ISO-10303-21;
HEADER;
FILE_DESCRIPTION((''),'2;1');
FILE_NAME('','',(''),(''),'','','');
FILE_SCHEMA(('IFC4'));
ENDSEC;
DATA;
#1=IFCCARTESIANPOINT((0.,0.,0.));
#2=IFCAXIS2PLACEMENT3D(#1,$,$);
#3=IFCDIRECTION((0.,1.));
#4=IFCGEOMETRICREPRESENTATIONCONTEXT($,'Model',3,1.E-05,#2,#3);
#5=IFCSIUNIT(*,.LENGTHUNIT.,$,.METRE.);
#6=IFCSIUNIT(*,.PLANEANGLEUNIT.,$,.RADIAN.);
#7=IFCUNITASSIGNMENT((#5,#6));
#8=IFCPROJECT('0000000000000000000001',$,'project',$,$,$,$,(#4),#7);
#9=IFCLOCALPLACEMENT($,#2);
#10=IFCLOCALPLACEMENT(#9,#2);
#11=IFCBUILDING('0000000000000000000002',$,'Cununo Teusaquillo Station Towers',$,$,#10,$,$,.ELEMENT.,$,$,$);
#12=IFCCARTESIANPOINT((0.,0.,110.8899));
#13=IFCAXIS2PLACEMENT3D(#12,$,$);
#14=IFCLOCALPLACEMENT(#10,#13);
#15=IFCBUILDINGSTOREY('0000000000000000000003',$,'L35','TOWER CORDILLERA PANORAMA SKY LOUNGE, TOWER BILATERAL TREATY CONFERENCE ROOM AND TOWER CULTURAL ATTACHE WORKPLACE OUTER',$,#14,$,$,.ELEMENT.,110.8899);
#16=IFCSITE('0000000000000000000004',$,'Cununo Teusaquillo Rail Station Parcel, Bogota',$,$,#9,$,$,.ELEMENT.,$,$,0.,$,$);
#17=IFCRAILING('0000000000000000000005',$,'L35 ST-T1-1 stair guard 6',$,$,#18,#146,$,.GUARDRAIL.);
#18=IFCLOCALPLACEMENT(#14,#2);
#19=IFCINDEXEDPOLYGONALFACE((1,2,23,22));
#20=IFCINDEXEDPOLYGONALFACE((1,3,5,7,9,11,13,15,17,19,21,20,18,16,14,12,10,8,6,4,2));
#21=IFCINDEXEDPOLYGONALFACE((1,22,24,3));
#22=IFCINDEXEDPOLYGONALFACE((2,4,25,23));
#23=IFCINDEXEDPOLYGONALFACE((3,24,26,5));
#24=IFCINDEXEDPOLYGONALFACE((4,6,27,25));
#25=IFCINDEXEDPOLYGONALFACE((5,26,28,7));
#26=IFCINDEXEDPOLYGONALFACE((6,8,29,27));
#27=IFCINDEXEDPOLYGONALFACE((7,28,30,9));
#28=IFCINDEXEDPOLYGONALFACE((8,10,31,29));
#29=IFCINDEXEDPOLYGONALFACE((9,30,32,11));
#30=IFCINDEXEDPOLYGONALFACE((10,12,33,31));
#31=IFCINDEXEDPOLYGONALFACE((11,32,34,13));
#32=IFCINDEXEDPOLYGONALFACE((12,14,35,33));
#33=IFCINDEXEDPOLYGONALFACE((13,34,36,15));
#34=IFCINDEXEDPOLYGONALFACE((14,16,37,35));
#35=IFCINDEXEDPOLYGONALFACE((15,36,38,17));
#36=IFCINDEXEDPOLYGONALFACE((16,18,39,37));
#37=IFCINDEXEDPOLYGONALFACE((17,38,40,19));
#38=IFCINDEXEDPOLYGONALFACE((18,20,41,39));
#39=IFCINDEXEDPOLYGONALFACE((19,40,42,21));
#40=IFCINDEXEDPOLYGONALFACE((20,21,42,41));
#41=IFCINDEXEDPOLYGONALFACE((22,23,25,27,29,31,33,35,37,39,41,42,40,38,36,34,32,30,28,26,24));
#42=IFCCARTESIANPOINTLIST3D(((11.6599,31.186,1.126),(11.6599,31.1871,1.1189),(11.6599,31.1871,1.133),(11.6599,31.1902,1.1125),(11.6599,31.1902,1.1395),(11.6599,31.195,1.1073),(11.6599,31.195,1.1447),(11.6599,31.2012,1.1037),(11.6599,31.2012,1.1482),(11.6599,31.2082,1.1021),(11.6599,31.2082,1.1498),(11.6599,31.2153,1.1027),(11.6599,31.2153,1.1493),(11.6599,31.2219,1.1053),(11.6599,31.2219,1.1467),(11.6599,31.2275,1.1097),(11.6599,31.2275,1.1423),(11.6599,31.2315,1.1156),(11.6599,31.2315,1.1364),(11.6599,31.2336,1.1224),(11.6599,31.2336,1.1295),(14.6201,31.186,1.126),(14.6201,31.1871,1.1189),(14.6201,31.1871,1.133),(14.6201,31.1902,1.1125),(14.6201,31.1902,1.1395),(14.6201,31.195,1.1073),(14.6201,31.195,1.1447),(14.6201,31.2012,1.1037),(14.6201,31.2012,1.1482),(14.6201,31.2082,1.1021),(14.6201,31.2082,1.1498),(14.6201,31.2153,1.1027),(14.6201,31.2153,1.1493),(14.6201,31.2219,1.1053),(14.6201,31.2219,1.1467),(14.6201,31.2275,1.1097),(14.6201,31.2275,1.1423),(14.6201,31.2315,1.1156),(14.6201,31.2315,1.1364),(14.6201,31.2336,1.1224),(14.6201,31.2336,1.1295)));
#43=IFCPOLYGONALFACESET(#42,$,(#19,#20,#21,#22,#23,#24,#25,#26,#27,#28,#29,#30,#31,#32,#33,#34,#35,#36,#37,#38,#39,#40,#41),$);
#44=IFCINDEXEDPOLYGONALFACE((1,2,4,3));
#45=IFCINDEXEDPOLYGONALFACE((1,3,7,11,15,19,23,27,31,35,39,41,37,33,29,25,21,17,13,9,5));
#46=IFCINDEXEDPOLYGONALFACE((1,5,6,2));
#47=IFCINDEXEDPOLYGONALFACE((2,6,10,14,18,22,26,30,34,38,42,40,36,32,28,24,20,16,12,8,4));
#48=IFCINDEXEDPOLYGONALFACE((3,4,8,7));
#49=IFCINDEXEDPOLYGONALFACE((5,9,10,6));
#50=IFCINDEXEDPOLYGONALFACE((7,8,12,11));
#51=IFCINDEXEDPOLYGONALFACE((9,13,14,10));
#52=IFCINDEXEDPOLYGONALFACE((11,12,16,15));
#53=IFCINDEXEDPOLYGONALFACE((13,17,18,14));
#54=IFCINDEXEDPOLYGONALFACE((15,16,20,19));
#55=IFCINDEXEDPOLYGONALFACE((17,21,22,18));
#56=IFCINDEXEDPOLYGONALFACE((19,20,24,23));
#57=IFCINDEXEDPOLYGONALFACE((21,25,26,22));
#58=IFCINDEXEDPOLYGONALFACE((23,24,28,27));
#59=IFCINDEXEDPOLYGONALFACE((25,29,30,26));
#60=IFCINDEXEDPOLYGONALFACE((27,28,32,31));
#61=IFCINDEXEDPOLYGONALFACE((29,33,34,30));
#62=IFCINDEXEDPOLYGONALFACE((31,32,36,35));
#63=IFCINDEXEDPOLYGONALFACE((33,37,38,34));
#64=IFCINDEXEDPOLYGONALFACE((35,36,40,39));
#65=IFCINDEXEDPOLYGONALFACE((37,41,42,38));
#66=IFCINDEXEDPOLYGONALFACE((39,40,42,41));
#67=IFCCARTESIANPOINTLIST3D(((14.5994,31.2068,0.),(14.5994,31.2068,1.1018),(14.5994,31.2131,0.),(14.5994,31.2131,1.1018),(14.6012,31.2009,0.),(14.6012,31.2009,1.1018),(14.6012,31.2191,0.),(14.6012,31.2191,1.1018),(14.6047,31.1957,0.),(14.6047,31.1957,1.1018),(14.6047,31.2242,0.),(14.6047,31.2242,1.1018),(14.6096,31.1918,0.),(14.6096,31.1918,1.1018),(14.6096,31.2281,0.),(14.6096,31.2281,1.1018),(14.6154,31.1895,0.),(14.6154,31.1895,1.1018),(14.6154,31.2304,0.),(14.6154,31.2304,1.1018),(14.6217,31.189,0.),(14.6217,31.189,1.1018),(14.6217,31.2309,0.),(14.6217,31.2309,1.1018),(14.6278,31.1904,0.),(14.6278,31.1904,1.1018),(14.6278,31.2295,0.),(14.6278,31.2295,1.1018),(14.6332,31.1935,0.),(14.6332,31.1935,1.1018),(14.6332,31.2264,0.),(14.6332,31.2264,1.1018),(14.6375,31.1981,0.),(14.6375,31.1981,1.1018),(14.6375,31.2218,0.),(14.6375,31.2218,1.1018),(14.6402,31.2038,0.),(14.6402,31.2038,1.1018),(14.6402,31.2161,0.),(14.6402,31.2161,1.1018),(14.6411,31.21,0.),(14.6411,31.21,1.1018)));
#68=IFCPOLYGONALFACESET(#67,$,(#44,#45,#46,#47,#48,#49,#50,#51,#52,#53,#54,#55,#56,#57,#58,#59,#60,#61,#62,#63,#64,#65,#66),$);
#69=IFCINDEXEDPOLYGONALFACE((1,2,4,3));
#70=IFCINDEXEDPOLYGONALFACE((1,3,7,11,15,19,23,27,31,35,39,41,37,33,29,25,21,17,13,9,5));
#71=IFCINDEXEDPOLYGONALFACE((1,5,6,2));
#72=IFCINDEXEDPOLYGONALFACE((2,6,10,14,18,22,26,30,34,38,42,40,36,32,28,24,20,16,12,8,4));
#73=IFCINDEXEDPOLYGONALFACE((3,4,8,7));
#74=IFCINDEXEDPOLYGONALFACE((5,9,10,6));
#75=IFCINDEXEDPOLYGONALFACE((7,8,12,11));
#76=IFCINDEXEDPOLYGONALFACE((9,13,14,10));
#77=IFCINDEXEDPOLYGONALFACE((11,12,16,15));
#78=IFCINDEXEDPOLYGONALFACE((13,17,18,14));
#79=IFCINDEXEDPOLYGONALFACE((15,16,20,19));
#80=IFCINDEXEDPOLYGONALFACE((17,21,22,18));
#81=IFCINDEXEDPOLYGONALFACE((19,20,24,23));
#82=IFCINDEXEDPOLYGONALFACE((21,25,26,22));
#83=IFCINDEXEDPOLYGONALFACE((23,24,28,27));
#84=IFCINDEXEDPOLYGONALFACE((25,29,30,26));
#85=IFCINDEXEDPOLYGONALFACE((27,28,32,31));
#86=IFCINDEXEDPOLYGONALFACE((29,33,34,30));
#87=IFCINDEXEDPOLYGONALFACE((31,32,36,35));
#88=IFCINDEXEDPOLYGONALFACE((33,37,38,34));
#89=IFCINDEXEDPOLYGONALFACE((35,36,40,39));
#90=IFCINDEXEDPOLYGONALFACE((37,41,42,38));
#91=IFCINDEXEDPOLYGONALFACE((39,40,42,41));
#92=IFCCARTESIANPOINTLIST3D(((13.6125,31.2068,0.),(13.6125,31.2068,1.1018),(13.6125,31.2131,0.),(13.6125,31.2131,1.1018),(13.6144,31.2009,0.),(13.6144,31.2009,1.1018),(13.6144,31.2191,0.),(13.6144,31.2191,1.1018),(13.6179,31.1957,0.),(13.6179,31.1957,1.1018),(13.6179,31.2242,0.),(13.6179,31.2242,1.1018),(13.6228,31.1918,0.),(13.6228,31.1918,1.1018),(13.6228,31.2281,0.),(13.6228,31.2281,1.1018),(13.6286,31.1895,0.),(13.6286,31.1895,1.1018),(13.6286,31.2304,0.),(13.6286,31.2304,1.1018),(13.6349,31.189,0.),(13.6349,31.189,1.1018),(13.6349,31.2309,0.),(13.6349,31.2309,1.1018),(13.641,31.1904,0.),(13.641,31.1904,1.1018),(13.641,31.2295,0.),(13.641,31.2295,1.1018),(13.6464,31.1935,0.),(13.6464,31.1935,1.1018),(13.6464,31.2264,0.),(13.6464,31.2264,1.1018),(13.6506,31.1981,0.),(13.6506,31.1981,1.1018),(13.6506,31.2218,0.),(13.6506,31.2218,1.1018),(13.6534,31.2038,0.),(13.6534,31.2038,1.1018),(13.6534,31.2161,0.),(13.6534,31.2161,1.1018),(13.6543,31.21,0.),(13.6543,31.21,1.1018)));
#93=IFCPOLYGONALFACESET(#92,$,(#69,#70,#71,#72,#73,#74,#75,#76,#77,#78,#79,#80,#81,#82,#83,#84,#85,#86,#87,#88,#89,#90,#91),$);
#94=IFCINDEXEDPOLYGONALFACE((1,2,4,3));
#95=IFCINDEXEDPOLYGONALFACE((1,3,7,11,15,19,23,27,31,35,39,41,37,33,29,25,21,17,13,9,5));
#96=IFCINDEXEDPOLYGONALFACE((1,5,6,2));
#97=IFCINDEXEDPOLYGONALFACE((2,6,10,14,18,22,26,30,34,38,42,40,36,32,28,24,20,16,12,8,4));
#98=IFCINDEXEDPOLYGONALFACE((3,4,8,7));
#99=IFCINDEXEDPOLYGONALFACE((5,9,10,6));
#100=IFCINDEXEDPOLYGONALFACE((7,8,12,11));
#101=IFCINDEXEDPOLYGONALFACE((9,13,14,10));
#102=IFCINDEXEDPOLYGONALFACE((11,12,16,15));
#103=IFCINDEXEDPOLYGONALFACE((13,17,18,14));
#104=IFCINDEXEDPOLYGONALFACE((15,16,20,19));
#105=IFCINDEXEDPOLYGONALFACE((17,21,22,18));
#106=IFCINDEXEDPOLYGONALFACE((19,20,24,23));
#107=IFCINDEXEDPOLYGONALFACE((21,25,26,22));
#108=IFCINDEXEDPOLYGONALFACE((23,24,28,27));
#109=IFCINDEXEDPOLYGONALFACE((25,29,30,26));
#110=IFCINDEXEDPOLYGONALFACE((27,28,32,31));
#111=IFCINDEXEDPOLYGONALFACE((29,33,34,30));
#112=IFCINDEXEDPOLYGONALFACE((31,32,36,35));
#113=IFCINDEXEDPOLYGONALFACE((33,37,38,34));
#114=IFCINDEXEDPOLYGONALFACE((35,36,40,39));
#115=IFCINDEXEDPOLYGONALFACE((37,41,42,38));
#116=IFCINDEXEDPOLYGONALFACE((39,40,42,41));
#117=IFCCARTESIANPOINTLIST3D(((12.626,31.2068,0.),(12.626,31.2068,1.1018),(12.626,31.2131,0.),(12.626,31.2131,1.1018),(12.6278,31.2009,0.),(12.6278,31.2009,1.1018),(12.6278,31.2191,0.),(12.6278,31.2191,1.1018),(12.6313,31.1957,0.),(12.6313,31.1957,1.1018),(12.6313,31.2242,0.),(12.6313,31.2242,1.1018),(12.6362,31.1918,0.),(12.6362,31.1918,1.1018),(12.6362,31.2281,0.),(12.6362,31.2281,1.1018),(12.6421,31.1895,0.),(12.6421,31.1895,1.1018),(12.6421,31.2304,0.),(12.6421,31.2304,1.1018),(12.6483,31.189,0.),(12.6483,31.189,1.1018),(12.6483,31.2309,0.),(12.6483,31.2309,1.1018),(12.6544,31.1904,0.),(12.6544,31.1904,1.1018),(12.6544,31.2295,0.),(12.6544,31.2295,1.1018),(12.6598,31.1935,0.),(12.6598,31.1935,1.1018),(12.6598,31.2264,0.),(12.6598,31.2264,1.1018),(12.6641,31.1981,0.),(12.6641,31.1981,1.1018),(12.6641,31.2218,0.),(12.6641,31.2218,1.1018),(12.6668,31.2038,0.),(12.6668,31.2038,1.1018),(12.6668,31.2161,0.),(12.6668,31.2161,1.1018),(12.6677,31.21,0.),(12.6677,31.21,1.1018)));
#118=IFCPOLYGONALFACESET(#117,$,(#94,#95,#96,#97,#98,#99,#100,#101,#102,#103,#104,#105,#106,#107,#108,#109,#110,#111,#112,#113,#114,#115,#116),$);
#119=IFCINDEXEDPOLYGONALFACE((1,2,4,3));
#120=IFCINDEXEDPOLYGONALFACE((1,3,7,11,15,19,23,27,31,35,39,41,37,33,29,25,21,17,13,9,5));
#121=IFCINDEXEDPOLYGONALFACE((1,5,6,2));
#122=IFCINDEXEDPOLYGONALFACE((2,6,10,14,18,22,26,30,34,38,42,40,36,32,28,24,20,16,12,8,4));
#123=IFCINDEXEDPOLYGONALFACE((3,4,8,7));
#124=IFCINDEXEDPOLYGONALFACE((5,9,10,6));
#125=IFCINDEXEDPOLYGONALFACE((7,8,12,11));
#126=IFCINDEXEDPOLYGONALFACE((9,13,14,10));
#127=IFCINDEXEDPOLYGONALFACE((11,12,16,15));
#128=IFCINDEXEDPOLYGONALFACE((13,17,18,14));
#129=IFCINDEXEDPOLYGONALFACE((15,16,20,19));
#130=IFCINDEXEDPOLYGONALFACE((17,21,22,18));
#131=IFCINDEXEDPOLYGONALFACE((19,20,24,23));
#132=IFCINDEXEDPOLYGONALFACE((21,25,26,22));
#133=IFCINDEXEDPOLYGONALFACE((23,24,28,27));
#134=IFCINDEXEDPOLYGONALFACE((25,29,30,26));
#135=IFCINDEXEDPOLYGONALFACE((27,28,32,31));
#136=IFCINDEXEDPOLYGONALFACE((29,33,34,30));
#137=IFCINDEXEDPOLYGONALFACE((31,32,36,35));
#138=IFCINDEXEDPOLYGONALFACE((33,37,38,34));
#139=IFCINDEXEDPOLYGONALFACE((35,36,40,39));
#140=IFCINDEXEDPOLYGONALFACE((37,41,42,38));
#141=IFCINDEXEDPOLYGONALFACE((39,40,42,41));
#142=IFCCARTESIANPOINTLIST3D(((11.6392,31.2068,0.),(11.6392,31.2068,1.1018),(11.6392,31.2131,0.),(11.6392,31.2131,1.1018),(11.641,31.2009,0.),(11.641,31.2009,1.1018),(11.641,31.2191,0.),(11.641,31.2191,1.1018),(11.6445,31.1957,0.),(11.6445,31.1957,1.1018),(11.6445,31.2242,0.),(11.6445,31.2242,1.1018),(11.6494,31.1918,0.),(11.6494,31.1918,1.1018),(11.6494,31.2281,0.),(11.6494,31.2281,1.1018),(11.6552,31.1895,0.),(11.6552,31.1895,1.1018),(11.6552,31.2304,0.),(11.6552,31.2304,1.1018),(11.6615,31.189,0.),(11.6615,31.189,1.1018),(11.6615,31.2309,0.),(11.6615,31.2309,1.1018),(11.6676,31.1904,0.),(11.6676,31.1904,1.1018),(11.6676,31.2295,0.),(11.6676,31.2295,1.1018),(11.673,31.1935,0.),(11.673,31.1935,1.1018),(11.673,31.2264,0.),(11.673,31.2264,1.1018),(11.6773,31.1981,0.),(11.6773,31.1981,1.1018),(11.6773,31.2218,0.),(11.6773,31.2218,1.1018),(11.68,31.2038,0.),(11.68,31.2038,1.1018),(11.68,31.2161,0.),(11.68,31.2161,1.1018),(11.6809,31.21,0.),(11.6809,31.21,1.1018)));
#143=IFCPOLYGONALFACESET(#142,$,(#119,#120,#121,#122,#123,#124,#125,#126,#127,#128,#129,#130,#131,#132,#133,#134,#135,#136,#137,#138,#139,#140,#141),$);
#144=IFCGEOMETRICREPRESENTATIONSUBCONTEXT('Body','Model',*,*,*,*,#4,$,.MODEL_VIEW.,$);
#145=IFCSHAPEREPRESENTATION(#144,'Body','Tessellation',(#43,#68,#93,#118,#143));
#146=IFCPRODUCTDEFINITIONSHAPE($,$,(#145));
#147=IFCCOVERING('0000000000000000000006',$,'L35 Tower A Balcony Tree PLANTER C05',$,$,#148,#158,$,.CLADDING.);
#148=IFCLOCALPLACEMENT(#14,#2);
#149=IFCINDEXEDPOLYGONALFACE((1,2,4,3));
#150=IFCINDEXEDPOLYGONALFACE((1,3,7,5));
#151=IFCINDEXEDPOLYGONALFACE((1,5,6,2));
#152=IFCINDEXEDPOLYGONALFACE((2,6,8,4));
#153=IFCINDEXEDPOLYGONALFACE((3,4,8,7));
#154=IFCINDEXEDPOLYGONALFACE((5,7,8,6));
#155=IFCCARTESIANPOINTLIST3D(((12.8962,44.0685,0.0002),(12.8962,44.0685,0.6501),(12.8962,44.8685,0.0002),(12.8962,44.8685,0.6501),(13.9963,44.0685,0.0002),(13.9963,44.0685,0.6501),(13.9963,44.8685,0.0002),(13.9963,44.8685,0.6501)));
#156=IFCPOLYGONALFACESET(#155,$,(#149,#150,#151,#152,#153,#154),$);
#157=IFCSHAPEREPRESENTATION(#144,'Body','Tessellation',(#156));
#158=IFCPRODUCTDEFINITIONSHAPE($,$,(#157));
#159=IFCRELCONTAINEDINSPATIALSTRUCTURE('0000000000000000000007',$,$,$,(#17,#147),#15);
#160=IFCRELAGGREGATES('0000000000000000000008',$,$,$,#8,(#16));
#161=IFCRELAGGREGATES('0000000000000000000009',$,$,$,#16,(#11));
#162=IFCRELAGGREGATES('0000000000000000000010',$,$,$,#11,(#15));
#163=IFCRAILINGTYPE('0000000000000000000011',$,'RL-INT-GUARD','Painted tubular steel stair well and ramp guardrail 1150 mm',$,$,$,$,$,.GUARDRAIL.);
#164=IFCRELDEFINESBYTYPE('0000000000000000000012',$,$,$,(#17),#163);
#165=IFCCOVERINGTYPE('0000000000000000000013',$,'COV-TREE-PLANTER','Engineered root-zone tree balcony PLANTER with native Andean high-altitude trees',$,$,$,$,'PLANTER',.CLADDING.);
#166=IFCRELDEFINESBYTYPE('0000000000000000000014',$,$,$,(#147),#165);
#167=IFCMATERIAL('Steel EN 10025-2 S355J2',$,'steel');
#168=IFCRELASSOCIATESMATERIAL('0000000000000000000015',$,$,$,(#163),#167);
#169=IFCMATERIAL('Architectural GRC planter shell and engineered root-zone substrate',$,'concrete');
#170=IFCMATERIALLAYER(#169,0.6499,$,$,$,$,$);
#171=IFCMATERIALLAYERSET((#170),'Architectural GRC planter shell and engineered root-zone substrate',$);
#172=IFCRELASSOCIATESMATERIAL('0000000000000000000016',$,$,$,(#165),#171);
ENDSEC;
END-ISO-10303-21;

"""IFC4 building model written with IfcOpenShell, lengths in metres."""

from ifc_helpers import new_model, si_unit, direction, frame, origin, origin_2d, place, context, subcontext, project, spatial, rectangle, circle, extrude, source, transform, mapped, material, layer, layer_set, type_object, element, save


model = new_model("IFC4")

# Units and contexts
model_context = context("Model", 3, precision=1e-05, world=origin(), true_north=direction((0.0, 1.0)))
body_context = subcontext(model_context, "Body", "Model", "MODEL_VIEW")
ifc_project = project(units=[si_unit("LENGTHUNIT", "METRE"), si_unit("PLANEANGLEUNIT", "RADIAN")], contexts=[model_context])

# Site, building, storey
site_placement = place(None, origin())
site = spatial("IfcSite", under=ifc_project, at=site_placement, Name="Cununo Teusaquillo Rail Station Parcel, Bogota", CompositionType="ELEMENT", RefElevation=0.0)
building_placement = place(site_placement, origin())
building = spatial("IfcBuilding", under=site, at=building_placement, Name="Cununo Teusaquillo Station Towers", CompositionType="ELEMENT")
storey_placement = place(building_placement, frame((0.0, 0.0, 110.8899)))
storey = spatial("IfcBuildingStorey", under=building, at=storey_placement, Name="L35", Description="TOWER CORDILLERA PANORAMA SKY LOUNGE, TOWER BILATERAL TREATY CONFERENCE ROOM AND TOWER CULTURAL ATTACHE WORKPLACE OUTER", CompositionType="ELEMENT", Elevation=110.8899)

# Railing
ifc_material_1 = material(Name="Steel EN 10025-2 S355J2", Category="steel")
railing_type_1 = type_object("IfcRailingType", Name="RL-INT-GUARD", Description="Painted tubular steel stair well and ramp guardrail 1150 mm", PredefinedType="GUARDRAIL", material=ifc_material_1)
railing_1_placement = place(storey_placement, frame((14.6201, 31.21, 0.0)))
element("IfcRailing", 1, at=railing_1_placement, inside=storey, type_object=railing_type_1, Name="L35 ST-T1-1 stair guard 6", PredefinedType="GUARDRAIL", context=body_context, shape_type="SweptSolid", body=[
    extrude(circle(Radius=0.0239, at=origin_2d()), frame((0.0, 0.0, 1.126), z_axis=(-1.0, 0.0, 0.0), x_axis=(0.0, -1.0, 0.0)), (0.0, 0.0, 1.0), 2.9602),
    extrude(circle(Radius=0.021, at=origin_2d()), origin(), (0.0, 0.0, 1.0), 1.1018),
    extrude(circle(Radius=0.021, at=origin_2d()), frame((-0.9868, 0.0, 0.0)), (0.0, 0.0, 1.0), 1.1018),
    extrude(circle(Radius=0.021, at=origin_2d()), frame((-1.9734, 0.0, 0.0)), (0.0, 0.0, 1.0), 1.1018),
    extrude(circle(Radius=0.021, at=origin_2d()), frame((-2.9602, 0.0, 0.0)), (0.0, 0.0, 1.0), 1.1018),
])

# Covering
ifc_material_2 = material(Name="Architectural GRC planter shell and engineered root-zone substrate", Category="concrete")
ifc_layer_1 = layer(ifc_material_2, 0.6499)
ifc_layer_set_1 = layer_set([ifc_layer_1], Name="Architectural GRC planter shell and engineered root-zone substrate")
covering_type = type_object("IfcCoveringType", Name="COV-TREE-PLANTER", Description="Engineered root-zone tree balcony PLANTER with native Andean high-altitude trees", ElementType="PLANTER", PredefinedType="CLADDING", material=ifc_layer_set_1)
shared_shape_1 = source(origin(), body_context, "Body", "SweptSolid", [
    extrude(rectangle(XDim=1.1001, YDim=0.8, at=origin_2d()), origin(), (0.0, 0.0, 1.0), 0.6499),
])
covering_placement = place(storey_placement, frame((13.4463, 44.4685, 0.0002), z_axis=(0.0, 0.0, 1.0), x_axis=(1.0, 0.0, 0.0)))
element("IfcCovering", 2, at=covering_placement, inside=storey, type_object=covering_type, Name="L35 Tower A Balcony Tree PLANTER C05", PredefinedType="CLADDING", context=body_context, shape_type="MappedRepresentation", body=[
    mapped(shared_shape_1, transform((0.0, 0.0, 0.0), x_axis=(1.0, 0.0, 0.0), y_axis=(0.0, 1.0, 0.0), z_axis=(0.0, 0.0, 1.0), scale=1.0)),
])

save(model, "model.ifc")
